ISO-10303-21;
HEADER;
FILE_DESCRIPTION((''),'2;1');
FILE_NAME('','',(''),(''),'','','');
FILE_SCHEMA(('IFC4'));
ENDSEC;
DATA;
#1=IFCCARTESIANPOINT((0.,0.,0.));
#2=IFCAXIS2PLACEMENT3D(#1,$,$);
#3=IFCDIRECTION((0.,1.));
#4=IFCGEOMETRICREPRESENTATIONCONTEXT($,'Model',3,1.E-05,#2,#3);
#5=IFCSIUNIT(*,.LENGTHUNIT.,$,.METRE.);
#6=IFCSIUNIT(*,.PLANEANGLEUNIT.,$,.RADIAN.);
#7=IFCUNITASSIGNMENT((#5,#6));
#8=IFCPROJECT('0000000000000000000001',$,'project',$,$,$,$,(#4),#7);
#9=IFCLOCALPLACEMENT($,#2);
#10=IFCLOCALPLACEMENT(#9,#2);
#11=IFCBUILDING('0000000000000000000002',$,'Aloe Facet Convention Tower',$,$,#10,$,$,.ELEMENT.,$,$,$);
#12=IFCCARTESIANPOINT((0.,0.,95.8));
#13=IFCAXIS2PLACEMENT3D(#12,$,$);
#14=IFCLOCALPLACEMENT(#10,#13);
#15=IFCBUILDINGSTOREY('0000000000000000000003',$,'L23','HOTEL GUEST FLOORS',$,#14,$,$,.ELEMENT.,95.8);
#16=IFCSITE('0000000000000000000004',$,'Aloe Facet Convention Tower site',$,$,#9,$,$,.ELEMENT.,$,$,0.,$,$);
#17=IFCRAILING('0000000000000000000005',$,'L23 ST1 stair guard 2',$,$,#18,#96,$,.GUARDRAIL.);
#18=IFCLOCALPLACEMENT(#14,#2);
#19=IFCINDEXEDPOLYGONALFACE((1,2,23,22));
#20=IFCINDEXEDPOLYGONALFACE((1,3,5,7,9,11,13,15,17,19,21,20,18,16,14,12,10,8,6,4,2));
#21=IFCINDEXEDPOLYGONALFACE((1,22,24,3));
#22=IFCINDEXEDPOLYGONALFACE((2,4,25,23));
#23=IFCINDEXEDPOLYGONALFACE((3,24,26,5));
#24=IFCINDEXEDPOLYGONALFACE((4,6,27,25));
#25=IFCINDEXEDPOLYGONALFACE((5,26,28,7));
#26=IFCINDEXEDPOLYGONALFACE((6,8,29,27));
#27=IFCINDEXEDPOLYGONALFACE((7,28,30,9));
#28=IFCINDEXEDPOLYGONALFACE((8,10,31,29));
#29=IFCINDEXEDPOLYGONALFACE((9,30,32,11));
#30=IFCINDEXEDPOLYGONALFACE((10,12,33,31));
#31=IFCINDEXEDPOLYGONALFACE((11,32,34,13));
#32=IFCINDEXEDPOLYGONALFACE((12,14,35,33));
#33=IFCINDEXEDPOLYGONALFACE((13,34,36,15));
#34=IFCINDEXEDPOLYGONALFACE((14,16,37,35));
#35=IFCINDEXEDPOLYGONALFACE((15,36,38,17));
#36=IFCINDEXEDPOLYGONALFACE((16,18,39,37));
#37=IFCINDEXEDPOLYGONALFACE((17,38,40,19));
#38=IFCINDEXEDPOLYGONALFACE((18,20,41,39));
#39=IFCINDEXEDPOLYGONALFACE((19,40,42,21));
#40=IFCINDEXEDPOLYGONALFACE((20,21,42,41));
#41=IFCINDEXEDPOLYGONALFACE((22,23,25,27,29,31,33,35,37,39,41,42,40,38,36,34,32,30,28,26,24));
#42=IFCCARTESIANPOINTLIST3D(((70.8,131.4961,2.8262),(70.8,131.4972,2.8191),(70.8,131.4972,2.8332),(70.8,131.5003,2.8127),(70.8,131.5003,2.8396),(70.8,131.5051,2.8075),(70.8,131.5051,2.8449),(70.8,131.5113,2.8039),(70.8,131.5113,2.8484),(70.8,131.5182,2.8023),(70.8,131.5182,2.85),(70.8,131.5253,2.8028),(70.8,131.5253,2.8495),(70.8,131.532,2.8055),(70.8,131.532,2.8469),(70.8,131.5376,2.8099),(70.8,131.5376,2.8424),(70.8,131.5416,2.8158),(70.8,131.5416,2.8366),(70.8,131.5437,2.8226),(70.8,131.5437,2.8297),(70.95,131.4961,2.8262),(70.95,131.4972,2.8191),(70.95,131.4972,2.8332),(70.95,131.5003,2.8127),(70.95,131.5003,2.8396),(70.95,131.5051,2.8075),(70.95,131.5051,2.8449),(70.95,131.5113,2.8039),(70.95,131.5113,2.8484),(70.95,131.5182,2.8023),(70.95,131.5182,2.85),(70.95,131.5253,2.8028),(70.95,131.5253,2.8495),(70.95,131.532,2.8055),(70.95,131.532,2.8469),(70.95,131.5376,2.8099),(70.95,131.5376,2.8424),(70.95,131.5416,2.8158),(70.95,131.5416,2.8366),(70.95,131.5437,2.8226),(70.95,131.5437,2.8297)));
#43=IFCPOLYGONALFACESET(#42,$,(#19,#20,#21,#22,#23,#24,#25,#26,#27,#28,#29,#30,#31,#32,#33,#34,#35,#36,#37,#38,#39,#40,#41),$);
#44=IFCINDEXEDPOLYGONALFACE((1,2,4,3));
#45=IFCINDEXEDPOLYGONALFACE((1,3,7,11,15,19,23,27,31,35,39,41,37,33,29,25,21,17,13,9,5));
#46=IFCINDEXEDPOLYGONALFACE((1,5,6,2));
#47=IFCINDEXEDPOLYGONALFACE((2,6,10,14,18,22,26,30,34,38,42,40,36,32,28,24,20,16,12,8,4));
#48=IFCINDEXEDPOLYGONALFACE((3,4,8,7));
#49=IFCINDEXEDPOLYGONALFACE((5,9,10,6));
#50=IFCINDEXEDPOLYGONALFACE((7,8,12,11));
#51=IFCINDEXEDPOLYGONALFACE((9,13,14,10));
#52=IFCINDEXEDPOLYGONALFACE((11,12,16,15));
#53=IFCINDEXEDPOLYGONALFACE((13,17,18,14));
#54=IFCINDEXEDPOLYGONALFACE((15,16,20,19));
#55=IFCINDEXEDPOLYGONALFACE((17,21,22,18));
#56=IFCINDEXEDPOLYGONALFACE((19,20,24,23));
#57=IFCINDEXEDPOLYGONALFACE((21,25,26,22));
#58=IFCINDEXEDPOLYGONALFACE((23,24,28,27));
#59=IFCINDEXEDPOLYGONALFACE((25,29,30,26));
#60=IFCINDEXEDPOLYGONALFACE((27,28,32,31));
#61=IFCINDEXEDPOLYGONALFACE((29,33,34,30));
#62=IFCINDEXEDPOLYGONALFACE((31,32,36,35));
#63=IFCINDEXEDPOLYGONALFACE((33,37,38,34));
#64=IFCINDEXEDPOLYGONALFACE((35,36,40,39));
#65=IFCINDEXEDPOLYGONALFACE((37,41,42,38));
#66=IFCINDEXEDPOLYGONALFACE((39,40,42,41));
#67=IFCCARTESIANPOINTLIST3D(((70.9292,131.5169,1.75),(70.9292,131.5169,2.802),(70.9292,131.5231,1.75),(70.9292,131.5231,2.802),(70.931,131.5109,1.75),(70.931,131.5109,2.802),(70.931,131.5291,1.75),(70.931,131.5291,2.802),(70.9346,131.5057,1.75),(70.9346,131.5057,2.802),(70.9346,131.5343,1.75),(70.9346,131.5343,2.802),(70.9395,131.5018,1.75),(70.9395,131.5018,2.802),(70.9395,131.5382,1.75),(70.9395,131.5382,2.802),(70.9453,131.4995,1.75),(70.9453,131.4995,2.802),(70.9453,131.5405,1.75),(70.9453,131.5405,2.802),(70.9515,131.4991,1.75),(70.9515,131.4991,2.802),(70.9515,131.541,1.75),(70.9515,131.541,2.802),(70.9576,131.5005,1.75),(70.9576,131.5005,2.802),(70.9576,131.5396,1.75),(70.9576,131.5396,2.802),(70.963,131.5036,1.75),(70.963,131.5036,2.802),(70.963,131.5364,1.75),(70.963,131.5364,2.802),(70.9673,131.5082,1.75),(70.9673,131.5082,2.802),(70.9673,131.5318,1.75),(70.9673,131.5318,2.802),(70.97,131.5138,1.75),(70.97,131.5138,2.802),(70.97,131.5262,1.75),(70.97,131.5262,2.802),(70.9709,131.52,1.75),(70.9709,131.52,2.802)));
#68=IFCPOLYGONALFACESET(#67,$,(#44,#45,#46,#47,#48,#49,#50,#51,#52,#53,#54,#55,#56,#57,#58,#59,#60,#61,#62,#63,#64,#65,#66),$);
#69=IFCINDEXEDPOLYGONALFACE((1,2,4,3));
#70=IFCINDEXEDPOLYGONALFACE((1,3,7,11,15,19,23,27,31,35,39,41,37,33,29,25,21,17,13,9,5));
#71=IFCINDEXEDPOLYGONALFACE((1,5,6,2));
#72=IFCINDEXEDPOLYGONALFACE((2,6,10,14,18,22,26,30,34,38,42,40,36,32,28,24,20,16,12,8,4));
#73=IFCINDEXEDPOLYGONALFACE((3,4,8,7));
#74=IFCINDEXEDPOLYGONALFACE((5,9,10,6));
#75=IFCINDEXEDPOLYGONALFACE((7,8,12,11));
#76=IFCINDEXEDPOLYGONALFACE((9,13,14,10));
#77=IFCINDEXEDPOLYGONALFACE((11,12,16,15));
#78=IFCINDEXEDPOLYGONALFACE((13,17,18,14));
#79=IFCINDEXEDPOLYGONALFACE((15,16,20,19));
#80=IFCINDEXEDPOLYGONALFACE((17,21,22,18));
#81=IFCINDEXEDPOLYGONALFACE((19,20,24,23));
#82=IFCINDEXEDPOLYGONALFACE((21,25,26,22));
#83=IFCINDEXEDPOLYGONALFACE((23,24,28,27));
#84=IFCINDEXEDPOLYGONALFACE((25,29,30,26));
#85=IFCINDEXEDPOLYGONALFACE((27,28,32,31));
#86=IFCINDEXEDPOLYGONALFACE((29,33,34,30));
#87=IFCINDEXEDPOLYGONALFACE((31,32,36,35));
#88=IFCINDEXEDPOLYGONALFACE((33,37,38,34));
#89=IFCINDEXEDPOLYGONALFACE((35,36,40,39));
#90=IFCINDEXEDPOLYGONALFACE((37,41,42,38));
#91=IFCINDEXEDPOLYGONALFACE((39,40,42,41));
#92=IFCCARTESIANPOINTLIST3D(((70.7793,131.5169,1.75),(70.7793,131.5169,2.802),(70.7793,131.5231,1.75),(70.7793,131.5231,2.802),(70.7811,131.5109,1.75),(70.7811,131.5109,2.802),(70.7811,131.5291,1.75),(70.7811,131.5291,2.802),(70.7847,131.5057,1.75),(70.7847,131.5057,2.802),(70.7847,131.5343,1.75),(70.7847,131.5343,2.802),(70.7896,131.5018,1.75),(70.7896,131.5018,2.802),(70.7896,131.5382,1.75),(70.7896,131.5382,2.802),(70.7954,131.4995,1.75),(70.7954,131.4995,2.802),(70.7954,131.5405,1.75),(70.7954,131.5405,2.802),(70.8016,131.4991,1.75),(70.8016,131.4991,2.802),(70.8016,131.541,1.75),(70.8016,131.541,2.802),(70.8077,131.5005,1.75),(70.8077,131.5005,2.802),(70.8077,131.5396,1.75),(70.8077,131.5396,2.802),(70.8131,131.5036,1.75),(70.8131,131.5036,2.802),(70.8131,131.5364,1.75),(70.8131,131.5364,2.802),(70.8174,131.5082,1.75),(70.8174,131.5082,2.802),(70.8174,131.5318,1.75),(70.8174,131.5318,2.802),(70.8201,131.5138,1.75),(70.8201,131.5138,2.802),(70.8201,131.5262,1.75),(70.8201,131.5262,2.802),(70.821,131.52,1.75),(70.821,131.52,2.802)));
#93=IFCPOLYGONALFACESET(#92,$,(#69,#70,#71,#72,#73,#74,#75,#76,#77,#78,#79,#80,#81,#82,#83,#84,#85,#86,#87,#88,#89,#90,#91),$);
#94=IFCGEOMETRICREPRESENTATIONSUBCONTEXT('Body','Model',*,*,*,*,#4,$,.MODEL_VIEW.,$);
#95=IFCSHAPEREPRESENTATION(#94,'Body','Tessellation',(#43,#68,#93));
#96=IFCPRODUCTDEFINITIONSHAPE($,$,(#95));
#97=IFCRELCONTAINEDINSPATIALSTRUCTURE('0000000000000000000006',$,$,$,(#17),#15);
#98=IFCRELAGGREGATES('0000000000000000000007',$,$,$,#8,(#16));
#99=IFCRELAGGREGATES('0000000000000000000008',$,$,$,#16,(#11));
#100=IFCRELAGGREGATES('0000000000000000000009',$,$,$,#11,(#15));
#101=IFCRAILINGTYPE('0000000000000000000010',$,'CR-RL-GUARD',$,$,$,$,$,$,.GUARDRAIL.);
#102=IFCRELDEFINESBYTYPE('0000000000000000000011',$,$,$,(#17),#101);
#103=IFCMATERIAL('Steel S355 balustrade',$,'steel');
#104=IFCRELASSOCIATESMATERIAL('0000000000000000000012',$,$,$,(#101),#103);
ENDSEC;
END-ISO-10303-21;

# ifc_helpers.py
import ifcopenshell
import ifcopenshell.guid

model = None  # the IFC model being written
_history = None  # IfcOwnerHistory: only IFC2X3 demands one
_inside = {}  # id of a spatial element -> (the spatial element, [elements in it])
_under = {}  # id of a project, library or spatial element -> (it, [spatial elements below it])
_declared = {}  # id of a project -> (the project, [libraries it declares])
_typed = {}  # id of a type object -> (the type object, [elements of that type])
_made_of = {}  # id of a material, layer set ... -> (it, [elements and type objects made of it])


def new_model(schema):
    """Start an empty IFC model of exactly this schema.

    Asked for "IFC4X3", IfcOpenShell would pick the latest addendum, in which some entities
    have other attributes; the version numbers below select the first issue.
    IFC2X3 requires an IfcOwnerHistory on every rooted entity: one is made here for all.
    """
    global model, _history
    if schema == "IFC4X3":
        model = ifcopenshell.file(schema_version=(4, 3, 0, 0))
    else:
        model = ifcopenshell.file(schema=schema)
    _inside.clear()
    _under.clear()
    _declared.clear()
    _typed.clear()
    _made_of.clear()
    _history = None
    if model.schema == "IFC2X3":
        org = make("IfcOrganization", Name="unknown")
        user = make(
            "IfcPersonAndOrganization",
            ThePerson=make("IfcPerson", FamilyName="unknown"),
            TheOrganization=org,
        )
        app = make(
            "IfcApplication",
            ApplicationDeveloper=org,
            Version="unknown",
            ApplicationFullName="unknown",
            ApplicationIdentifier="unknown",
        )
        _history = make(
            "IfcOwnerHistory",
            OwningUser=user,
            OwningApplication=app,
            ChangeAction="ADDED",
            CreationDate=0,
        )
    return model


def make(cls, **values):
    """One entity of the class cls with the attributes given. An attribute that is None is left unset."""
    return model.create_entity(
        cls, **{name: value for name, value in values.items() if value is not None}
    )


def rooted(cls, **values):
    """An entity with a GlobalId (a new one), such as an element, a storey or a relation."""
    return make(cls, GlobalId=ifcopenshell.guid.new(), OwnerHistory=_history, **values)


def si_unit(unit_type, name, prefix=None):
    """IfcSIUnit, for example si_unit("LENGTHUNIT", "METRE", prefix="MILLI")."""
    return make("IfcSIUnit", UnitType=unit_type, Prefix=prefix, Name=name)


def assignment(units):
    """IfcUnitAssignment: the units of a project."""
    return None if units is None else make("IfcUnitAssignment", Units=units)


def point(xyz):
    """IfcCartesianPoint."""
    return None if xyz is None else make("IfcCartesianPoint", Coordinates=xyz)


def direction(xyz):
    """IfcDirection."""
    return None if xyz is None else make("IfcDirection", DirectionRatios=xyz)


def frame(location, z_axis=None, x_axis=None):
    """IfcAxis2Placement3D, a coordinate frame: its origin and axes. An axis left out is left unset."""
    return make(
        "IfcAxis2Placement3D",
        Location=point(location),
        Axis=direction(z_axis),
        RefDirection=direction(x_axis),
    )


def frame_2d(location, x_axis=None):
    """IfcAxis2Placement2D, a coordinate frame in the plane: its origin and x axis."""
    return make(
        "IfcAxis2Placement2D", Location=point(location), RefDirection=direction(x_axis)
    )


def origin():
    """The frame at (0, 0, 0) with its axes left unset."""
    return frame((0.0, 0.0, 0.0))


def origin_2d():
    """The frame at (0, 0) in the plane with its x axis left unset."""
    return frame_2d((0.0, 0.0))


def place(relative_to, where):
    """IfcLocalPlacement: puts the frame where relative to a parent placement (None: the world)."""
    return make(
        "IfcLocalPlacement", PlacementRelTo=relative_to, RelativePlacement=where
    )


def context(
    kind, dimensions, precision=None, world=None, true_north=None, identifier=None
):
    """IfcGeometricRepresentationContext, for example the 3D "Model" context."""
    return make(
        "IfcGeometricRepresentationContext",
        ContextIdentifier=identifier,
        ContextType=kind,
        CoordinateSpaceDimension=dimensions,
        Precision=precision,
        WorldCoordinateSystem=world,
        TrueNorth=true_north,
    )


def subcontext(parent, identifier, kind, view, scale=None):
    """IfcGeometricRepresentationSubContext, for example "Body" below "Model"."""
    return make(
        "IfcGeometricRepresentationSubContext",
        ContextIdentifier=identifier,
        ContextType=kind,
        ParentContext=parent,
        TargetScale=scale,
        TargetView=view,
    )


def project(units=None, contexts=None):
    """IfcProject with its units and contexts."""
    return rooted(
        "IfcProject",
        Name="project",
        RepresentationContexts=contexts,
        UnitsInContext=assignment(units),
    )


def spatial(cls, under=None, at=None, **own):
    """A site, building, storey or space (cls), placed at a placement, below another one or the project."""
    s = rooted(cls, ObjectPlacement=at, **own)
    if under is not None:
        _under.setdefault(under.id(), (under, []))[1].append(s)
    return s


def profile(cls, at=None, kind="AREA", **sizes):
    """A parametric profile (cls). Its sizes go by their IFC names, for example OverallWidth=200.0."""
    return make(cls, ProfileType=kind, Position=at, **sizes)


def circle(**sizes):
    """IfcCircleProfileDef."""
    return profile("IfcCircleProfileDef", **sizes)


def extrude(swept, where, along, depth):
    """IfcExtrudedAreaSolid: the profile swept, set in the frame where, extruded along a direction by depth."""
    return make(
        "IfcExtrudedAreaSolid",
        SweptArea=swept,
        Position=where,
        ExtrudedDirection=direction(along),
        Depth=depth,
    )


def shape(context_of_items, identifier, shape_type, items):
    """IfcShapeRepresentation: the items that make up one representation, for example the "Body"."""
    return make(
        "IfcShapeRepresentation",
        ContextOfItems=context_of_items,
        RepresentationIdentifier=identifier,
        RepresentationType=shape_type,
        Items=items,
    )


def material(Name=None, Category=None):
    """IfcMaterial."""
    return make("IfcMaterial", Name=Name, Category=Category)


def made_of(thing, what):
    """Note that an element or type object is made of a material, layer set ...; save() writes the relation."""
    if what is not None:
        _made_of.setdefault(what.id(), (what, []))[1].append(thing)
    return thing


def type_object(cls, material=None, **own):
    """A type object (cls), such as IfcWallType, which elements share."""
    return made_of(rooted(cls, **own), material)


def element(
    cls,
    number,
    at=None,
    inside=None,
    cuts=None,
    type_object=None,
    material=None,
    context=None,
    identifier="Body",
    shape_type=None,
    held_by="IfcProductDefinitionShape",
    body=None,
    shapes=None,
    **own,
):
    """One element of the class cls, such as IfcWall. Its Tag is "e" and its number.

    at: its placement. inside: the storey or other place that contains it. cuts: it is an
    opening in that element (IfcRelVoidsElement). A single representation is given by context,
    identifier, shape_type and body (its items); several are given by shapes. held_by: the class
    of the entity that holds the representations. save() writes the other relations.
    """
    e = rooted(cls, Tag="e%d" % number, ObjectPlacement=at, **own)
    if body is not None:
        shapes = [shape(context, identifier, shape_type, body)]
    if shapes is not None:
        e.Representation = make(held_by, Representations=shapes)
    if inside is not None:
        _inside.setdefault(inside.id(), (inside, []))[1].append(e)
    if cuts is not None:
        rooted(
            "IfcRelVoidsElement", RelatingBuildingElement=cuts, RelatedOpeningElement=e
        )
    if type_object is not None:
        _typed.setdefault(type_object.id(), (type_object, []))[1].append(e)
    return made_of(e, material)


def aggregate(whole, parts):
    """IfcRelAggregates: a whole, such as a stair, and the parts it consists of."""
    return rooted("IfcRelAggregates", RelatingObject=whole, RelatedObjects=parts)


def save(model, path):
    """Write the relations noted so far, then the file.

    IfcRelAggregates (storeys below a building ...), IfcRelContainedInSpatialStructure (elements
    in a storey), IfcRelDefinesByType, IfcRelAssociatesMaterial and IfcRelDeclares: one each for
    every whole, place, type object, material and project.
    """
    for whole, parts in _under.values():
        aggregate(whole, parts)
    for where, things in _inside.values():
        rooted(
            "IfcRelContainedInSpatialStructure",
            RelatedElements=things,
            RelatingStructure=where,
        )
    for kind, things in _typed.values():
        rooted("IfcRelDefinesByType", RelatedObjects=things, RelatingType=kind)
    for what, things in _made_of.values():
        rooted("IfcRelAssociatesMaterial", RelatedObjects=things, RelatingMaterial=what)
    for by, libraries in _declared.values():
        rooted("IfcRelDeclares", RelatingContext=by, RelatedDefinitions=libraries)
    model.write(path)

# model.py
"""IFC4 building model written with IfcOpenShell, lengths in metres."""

from ifc_helpers import new_model, si_unit, direction, frame, origin, origin_2d, place, context, subcontext, project, spatial, circle, extrude, material, type_object, element, save


model = new_model("IFC4")

# Units and contexts
model_context = context("Model", 3, precision=1e-05, world=origin(), true_north=direction((0.0, 1.0)))
body_context = subcontext(model_context, "Body", "Model", "MODEL_VIEW")
ifc_project = project(units=[si_unit("LENGTHUNIT", "METRE"), si_unit("PLANEANGLEUNIT", "RADIAN")], contexts=[model_context])

# Site, building, storey
site_placement = place(None, origin())
site = spatial("IfcSite", under=ifc_project, at=site_placement, Name="Aloe Facet Convention Tower site", CompositionType="ELEMENT", RefElevation=0.0)
building_placement = place(site_placement, origin())
building = spatial("IfcBuilding", under=site, at=building_placement, Name="Aloe Facet Convention Tower", CompositionType="ELEMENT")
storey_placement = place(building_placement, frame((0.0, 0.0, 95.8)))
storey = spatial("IfcBuildingStorey", under=building, at=storey_placement, Name="L23", Description="HOTEL GUEST FLOORS", CompositionType="ELEMENT", Elevation=95.8)

# Railing
ifc_material_1 = material(Name="Steel S355 balustrade", Category="steel")
railing_type_1 = type_object("IfcRailingType", Name="CR-RL-GUARD", PredefinedType="GUARDRAIL", material=ifc_material_1)
railing_1_placement = place(storey_placement, frame((70.95, 131.52, 1.75)))
element("IfcRailing", 1, at=railing_1_placement, inside=storey, type_object=railing_type_1, Name="L23 ST1 stair guard 2", PredefinedType="GUARDRAIL", context=body_context, shape_type="SweptSolid", body=[
    extrude(circle(Radius=0.0239, at=origin_2d()), frame((0.0, 0.0, 1.0762), z_axis=(-1.0, 0.0, 0.0), x_axis=(0.0, -1.0, 0.0)), (0.0, 0.0, 1.0), 0.1499),
    extrude(circle(Radius=0.021, at=origin_2d()), origin(), (0.0, 0.0, 1.0), 1.052),
    extrude(circle(Radius=0.021, at=origin_2d()), frame((-0.1499, 0.0, 0.0)), (0.0, 0.0, 1.0), 1.052),
])

save(model, "model.ifc")
